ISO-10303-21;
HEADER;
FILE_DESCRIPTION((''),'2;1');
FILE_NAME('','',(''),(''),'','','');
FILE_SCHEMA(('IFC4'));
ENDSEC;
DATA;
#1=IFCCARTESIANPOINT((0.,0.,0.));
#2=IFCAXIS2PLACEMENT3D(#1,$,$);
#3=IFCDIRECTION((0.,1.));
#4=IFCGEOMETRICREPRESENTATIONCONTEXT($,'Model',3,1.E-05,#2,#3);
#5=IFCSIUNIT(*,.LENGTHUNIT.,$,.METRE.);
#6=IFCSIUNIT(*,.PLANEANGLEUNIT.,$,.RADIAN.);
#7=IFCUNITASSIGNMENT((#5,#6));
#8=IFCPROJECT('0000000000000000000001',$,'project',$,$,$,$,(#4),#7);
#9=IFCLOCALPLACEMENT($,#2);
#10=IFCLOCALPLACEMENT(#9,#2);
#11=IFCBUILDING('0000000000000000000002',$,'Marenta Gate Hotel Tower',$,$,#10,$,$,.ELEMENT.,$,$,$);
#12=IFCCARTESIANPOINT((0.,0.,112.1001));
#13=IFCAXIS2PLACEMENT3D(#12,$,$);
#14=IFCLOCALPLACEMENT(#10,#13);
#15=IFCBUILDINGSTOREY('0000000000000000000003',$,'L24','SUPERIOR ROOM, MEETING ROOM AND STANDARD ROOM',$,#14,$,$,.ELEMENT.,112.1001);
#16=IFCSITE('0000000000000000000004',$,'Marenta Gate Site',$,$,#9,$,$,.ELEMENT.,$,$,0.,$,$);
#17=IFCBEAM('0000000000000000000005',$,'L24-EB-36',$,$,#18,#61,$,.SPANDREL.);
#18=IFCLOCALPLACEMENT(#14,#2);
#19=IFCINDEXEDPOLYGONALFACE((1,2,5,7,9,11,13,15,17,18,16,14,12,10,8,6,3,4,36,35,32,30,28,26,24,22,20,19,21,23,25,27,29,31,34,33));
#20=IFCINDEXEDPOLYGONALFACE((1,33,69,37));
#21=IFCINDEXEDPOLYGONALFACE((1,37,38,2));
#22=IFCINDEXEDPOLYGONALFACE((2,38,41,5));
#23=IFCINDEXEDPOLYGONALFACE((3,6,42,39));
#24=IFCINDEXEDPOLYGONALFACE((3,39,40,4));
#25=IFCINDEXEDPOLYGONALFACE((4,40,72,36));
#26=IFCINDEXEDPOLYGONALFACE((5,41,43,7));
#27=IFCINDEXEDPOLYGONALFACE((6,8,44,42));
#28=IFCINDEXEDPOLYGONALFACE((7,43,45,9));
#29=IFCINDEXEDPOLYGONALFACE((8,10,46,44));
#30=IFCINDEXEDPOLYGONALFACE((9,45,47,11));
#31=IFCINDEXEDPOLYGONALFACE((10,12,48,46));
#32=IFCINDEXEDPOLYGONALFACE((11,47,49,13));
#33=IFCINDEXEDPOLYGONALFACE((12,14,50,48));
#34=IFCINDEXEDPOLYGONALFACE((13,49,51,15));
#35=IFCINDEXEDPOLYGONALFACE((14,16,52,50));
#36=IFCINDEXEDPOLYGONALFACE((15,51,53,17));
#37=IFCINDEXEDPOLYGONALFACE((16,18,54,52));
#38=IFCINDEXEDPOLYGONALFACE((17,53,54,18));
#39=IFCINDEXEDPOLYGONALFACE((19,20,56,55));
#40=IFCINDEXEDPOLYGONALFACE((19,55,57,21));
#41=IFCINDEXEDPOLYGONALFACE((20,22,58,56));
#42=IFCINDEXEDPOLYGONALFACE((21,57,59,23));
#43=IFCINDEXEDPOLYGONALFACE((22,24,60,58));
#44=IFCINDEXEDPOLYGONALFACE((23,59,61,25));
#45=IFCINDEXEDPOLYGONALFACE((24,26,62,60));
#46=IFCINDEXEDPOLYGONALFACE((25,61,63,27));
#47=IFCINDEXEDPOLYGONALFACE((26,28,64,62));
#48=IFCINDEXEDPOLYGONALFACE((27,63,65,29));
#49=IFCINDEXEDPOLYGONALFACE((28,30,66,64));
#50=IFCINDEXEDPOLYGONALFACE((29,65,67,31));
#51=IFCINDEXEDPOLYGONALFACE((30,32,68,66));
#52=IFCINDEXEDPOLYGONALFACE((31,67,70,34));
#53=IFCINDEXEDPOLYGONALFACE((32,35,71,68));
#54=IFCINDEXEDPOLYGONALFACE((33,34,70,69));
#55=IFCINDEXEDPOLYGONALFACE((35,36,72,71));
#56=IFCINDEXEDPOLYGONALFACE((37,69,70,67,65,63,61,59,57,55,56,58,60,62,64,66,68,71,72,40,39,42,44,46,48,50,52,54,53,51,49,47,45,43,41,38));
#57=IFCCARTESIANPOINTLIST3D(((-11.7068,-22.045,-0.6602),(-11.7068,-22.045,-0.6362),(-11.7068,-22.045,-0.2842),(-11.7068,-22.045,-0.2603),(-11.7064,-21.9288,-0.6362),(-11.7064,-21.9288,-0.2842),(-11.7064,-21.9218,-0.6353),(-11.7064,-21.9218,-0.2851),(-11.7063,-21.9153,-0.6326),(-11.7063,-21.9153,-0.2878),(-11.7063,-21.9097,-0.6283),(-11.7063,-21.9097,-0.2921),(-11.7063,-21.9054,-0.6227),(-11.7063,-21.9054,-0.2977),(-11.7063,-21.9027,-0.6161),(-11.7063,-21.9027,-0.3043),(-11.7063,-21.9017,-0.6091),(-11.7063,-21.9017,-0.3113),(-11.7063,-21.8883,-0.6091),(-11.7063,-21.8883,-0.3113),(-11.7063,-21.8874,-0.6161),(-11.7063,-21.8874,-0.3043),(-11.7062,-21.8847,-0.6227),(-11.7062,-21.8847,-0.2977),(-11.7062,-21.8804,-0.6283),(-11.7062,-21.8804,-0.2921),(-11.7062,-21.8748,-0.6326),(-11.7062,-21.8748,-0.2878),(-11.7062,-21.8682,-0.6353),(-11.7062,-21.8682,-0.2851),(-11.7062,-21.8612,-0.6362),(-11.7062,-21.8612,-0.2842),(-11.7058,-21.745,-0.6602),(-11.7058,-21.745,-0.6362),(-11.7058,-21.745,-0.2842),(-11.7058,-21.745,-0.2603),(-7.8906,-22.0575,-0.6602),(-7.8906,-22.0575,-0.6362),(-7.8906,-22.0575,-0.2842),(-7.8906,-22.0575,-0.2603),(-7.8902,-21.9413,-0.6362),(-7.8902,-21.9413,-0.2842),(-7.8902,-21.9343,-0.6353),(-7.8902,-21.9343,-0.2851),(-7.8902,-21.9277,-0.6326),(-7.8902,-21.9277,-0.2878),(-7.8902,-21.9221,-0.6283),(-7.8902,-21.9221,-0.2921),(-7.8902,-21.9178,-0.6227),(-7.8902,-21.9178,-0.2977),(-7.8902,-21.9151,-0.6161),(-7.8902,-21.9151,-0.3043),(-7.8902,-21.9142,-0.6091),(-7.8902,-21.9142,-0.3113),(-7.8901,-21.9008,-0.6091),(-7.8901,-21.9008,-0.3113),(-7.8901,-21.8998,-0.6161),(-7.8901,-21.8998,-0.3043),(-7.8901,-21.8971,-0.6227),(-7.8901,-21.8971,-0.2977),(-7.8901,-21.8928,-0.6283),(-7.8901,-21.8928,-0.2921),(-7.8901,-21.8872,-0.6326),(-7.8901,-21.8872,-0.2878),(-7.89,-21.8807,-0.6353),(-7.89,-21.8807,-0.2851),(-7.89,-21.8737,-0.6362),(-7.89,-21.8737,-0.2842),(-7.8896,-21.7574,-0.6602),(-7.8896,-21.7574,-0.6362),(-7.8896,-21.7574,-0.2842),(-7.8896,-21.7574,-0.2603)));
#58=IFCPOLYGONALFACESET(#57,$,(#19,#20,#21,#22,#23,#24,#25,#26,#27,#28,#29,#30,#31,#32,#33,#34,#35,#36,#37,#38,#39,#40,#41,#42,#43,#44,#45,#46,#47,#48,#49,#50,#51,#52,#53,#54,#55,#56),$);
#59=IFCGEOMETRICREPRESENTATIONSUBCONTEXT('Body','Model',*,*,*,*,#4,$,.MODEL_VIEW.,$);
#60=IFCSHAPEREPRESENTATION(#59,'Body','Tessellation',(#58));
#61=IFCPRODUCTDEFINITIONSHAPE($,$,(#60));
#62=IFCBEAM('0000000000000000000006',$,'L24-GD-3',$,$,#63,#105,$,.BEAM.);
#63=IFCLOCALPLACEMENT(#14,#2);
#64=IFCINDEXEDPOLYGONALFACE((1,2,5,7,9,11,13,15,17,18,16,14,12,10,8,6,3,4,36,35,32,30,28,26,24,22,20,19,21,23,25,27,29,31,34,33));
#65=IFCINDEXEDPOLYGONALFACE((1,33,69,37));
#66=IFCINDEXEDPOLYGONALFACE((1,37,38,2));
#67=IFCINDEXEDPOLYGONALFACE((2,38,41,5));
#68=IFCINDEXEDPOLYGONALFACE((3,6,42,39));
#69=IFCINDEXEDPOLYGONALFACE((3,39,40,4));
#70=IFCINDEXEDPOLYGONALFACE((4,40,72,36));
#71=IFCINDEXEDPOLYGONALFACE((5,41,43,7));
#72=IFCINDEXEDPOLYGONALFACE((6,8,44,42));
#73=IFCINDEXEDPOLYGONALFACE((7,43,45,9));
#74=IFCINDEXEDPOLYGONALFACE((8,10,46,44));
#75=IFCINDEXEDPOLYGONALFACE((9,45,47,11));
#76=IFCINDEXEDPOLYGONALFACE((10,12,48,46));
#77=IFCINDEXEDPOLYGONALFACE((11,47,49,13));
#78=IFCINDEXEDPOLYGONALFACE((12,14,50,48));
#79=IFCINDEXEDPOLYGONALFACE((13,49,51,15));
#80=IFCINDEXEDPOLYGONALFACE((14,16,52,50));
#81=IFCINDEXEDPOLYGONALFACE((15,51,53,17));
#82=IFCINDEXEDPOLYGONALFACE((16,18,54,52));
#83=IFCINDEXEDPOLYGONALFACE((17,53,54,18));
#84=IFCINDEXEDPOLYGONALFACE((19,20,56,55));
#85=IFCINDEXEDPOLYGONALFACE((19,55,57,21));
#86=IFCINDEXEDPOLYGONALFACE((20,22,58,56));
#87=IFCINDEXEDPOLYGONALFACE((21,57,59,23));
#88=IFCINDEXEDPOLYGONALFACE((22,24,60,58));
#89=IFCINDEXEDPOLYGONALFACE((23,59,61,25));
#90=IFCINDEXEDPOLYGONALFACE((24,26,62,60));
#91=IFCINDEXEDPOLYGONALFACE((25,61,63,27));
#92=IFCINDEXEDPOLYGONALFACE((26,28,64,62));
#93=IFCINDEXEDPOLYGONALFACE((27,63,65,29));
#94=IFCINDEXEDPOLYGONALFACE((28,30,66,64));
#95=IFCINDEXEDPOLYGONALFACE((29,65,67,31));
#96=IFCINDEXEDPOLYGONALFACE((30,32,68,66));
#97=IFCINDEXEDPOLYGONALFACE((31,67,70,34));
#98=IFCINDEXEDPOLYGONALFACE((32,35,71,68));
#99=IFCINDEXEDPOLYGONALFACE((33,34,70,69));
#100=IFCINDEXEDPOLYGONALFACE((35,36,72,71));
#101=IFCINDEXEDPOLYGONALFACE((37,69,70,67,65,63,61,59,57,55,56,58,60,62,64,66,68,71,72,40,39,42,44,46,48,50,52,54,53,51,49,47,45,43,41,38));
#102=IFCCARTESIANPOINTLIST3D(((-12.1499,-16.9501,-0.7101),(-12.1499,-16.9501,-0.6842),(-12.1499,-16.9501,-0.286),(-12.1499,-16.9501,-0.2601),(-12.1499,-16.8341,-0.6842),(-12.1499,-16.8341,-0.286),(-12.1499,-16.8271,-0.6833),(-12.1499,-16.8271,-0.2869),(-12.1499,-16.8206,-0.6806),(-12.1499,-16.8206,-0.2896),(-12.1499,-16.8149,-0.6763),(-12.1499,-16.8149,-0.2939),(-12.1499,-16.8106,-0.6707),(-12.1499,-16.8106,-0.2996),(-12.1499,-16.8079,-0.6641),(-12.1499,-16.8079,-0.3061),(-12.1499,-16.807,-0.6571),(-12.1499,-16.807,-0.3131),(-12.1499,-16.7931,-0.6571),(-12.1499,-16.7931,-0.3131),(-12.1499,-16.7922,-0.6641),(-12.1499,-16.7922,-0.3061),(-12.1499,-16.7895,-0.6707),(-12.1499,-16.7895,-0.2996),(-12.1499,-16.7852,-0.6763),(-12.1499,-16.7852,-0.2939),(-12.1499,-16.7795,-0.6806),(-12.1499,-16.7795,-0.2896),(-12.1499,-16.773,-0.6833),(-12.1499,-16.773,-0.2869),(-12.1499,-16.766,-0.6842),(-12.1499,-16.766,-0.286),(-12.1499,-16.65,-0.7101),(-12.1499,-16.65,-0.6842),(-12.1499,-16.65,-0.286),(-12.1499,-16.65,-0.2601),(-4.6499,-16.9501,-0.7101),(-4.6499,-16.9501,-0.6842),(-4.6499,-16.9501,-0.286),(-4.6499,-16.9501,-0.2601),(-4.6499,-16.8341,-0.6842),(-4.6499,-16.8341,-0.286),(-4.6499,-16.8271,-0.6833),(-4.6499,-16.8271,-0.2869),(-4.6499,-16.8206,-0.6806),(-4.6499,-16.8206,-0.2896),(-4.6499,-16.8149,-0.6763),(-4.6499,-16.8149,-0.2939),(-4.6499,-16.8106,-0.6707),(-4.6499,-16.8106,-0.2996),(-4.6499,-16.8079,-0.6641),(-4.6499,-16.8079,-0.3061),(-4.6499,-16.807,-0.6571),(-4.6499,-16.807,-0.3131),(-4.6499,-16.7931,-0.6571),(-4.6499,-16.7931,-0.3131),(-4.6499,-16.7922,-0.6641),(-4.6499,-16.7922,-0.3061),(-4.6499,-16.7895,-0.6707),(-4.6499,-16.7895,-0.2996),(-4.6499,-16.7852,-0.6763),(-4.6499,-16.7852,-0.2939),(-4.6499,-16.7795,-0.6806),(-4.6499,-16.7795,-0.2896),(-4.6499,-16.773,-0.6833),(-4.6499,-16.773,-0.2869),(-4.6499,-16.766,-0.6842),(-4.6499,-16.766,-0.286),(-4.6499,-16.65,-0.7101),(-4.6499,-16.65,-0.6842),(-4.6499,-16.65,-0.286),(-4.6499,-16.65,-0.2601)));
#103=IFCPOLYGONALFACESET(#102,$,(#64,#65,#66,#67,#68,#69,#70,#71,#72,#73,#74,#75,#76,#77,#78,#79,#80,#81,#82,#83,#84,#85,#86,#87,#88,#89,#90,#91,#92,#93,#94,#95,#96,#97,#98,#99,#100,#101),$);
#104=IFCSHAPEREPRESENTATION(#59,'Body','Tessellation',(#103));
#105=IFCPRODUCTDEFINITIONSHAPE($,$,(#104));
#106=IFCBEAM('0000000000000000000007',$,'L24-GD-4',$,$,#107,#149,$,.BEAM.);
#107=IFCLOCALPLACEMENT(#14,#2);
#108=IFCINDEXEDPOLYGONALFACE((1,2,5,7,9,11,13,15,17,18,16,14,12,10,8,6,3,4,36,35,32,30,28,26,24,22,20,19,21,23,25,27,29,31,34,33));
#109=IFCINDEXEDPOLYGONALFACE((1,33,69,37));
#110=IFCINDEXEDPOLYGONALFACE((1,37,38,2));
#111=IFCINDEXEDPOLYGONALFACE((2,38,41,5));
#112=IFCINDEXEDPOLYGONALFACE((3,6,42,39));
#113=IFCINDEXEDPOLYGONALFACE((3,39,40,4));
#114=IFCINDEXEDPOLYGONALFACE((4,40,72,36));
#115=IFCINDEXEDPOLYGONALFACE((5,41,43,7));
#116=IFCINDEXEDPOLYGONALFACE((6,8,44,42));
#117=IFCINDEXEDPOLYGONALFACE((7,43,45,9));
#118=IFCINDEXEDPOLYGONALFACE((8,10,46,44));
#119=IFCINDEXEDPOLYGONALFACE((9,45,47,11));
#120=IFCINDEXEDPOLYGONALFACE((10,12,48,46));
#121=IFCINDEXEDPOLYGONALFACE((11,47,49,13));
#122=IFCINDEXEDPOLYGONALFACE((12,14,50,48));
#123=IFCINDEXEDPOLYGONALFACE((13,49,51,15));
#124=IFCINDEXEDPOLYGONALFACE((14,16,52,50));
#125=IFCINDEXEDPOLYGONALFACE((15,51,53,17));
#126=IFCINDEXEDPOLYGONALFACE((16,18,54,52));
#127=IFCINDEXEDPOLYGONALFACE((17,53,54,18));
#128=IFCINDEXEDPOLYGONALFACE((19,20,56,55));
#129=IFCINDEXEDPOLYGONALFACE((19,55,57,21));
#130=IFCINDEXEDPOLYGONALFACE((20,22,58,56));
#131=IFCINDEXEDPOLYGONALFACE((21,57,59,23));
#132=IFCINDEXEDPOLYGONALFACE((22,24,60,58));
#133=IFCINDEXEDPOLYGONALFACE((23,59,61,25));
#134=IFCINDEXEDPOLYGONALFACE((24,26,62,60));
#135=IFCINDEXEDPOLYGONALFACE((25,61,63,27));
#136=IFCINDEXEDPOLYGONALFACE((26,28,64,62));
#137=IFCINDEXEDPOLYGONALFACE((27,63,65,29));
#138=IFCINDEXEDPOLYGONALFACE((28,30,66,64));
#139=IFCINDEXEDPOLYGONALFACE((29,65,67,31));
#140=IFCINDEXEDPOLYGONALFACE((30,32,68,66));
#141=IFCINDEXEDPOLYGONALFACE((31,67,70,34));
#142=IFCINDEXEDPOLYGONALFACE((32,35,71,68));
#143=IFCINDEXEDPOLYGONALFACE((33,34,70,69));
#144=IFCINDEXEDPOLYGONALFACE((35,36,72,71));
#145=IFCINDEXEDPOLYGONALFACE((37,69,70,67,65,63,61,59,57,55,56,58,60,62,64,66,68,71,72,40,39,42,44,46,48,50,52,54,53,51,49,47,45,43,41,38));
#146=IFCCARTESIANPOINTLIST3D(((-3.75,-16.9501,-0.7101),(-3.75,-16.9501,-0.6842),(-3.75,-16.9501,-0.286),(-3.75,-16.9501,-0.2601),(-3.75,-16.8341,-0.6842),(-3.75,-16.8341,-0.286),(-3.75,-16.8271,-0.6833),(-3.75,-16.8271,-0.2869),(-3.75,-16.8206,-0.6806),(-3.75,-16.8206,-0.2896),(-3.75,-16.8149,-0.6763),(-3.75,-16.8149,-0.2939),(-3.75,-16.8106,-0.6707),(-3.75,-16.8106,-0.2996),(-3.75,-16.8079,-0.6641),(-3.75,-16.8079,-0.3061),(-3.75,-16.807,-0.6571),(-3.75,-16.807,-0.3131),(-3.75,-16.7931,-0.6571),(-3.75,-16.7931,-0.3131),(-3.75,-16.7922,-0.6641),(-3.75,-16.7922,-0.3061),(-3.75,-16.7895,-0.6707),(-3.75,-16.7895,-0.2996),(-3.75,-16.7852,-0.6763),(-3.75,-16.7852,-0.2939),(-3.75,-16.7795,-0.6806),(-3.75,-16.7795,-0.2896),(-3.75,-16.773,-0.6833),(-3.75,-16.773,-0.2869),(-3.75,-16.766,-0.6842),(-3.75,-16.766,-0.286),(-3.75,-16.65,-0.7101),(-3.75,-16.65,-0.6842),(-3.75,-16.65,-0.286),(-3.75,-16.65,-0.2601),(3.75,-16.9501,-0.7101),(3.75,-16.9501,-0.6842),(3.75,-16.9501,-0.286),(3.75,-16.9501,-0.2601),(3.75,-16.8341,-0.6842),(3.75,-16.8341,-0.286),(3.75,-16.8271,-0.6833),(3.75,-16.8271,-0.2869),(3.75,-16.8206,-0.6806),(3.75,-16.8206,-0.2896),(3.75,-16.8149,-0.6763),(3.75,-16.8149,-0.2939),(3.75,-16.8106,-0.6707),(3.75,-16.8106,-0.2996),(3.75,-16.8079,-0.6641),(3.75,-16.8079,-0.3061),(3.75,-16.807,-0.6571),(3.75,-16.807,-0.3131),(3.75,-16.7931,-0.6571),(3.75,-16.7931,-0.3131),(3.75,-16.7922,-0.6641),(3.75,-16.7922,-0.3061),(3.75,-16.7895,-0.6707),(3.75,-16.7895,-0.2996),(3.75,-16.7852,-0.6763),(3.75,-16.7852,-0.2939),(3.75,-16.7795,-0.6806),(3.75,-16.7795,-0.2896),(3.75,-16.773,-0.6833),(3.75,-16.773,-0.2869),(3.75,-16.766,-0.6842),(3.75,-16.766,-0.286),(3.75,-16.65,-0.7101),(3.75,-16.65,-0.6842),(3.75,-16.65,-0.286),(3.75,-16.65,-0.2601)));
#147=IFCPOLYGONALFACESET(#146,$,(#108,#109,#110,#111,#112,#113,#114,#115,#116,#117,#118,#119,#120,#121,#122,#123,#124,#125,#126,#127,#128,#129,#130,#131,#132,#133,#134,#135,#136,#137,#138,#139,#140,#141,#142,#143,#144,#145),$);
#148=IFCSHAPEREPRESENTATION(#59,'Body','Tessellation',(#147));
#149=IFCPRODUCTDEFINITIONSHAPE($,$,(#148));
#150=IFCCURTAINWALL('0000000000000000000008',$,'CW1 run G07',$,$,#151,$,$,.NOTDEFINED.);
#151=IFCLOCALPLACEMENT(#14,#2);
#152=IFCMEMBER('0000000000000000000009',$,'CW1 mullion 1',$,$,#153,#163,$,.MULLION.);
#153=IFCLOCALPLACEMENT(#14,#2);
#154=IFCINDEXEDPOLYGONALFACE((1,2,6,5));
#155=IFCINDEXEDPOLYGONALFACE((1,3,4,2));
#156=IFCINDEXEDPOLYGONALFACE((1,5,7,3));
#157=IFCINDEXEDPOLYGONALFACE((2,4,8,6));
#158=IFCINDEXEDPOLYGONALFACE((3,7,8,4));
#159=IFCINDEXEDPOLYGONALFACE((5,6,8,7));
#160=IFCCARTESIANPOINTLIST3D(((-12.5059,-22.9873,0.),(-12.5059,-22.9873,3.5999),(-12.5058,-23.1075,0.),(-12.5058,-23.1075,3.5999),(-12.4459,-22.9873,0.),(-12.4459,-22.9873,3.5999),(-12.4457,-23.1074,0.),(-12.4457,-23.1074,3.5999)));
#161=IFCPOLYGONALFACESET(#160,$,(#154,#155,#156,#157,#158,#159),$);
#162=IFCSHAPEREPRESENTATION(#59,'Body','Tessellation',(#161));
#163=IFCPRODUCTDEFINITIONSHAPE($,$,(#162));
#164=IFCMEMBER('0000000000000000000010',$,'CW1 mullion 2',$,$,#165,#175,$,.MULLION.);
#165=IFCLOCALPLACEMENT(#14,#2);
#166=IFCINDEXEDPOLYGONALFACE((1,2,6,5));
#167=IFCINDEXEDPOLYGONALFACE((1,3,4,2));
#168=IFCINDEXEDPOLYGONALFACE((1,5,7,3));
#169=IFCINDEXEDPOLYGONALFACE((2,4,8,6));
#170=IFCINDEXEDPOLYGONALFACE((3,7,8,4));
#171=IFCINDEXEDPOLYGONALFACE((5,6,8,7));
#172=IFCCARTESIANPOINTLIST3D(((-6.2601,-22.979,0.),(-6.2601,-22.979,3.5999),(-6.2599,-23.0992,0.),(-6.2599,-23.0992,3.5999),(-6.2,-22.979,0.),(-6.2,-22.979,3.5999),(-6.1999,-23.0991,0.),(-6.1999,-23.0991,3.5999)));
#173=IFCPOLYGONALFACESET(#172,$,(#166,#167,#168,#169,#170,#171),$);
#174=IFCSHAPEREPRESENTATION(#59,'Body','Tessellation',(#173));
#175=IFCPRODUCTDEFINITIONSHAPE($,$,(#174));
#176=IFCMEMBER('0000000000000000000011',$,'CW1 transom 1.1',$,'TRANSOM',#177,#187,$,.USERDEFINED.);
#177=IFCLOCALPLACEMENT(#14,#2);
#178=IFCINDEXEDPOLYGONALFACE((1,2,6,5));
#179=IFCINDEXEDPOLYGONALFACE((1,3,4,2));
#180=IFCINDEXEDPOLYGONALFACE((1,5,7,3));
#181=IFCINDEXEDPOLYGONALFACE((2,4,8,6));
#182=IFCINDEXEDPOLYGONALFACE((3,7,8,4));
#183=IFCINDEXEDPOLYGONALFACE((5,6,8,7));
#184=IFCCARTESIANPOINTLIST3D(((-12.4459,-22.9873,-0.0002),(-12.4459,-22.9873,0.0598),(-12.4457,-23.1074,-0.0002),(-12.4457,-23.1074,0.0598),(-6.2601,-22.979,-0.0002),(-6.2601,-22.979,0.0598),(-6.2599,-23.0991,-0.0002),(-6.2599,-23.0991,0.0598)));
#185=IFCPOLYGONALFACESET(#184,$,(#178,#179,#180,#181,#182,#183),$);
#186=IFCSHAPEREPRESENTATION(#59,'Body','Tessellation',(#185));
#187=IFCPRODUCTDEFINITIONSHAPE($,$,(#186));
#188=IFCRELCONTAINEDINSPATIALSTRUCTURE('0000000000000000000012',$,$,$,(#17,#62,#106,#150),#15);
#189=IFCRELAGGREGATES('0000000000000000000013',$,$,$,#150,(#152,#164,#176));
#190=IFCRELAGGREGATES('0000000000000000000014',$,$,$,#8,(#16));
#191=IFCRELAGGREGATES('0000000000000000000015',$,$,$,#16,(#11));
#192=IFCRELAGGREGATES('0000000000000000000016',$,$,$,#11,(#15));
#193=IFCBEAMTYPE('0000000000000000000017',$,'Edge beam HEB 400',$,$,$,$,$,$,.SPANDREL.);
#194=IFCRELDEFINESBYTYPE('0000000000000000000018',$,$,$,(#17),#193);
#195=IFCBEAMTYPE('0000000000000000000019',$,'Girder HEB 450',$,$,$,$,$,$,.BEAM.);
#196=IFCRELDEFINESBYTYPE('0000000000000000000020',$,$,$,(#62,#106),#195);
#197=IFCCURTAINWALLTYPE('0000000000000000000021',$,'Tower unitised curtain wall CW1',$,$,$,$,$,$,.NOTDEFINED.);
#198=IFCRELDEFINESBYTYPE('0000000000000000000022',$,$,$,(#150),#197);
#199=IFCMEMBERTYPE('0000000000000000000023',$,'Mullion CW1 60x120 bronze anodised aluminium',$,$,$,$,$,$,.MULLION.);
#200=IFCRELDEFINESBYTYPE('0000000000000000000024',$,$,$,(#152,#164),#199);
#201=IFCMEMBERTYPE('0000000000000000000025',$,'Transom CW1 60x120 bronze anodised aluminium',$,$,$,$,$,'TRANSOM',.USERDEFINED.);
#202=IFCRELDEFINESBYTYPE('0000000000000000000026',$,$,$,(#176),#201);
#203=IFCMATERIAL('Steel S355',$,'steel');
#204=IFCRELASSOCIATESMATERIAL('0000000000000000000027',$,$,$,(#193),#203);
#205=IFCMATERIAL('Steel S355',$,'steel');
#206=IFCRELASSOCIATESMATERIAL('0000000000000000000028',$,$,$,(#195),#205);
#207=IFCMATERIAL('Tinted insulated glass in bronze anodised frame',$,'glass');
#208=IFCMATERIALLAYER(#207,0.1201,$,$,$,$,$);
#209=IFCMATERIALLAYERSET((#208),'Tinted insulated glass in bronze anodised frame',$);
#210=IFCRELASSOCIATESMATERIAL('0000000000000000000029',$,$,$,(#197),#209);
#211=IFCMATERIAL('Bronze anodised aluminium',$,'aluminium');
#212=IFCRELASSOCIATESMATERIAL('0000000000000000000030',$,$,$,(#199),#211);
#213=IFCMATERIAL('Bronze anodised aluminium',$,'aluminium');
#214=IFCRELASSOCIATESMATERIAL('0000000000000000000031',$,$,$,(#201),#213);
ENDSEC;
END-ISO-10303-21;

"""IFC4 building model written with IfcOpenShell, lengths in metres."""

from ifc_helpers import new_model, si_unit, direction, frame, origin, origin_2d, place, context, subcontext, project, spatial, rectangle, i_section, extrude, material, layer, layer_set, material_profile, profile_set, type_object, element, aggregate, save


model = new_model("IFC4")

# Units and contexts
model_context = context("Model", 3, precision=1e-05, world=origin(), true_north=direction((0.0, 1.0)))
body_context = subcontext(model_context, "Body", "Model", "MODEL_VIEW")
ifc_project = project(units=[si_unit("LENGTHUNIT", "METRE"), si_unit("PLANEANGLEUNIT", "RADIAN")], contexts=[model_context])

# Site, building, storey
site_placement = place(None, origin())
site = spatial("IfcSite", under=ifc_project, at=site_placement, Name="Marenta Gate Site", CompositionType="ELEMENT", RefElevation=0.0)
building_placement = place(site_placement, origin())
building = spatial("IfcBuilding", under=site, at=building_placement, Name="Marenta Gate Hotel Tower", CompositionType="ELEMENT")
storey_placement = place(building_placement, frame((0.0, 0.0, 112.1001)))
storey = spatial("IfcBuildingStorey", under=building, at=storey_placement, Name="L24", Description="SUPERIOR ROOM, MEETING ROOM AND STANDARD ROOM", CompositionType="ELEMENT", Elevation=112.1001)

# Beams
ifc_material_1 = material(Name="Steel S355", Category="steel")
ifc_material_profile_1 = material_profile(ifc_material_1, i_section(OverallWidth=0.3, OverallDepth=0.3999, WebThickness=0.0134, FlangeThickness=0.0239, FilletRadius=0.0271, at=origin_2d()), Name="HEB 400")
ifc_profile_set_1 = profile_set([ifc_material_profile_1], Name="Steel S355")
beam_type_1 = type_object("IfcBeamType", Name="Edge beam HEB 400", PredefinedType="SPANDREL", material=ifc_profile_set_1)
beam_1_placement = place(storey_placement, frame((-7.8901, -21.9075, -0.4602), z_axis=(-0.999995, 0.003263, 0.0), x_axis=(-0.003263, -0.999995, 0.0)))
element("IfcBeam", 1, at=beam_1_placement, inside=storey, type_object=beam_type_1, Name="L24-EB-36", PredefinedType="SPANDREL", context=body_context, shape_type="SweptSolid", body=[
    extrude(i_section(OverallWidth=0.3, OverallDepth=0.3999, WebThickness=0.0134, FlangeThickness=0.0239, FilletRadius=0.0271, at=origin_2d()), origin(), (0.0, 0.0, 1.0), 3.8162),
])
ifc_material_2 = material(Name="Steel S355", Category="steel")
ifc_material_profile_2 = material_profile(ifc_material_2, i_section(OverallWidth=0.3, OverallDepth=0.45, WebThickness=0.0139, FlangeThickness=0.0259, FilletRadius=0.0271, at=origin_2d()), Name="HEB 450")
ifc_profile_set_2 = profile_set([ifc_material_profile_2], Name="Steel S355")
beam_type_2 = type_object("IfcBeamType", Name="Girder HEB 450", PredefinedType="BEAM", material=ifc_profile_set_2)
for number, where, z_axis, x_axis, name in (
    (2, (-12.1499, -16.8, -0.4851), (1.0, 0.0, 0.0), (0.0, 1.0, 0.0), "L24-GD-3"),
    (3, (-3.75, -16.8, -0.4851), (1.0, 0.0, 0.0), (0.0, 1.0, 0.0), "L24-GD-4"),
):
    element("IfcBeam", number, at=place(storey_placement, frame(where, z_axis=z_axis, x_axis=x_axis)), inside=storey, type_object=beam_type_2, Name=name, PredefinedType="BEAM", context=body_context, shape_type="SweptSolid", body=[
        extrude(i_section(OverallWidth=0.3, OverallDepth=0.45, WebThickness=0.0139, FlangeThickness=0.0259, FilletRadius=0.0271, at=origin_2d()), origin(), (0.0, 0.0, 1.0), 7.5),
    ])

# Curtain wall, members
ifc_material_3 = material(Name="Tinted insulated glass in bronze anodised frame", Category="glass")
ifc_layer_1 = layer(ifc_material_3, 0.1201)
ifc_layer_set_1 = layer_set([ifc_layer_1], Name="Tinted insulated glass in bronze anodised frame")
curtain_wall_type = type_object("IfcCurtainWallType", Name="Tower unitised curtain wall CW1", PredefinedType="NOTDEFINED", material=ifc_layer_set_1)
curtain_wall_1_placement = place(storey_placement, origin())
curtain_wall_1 = element("IfcCurtainWall", 4, at=curtain_wall_1_placement, inside=storey, type_object=curtain_wall_type, Name="CW1 run G07", PredefinedType="NOTDEFINED")
ifc_material_4 = material(Name="Bronze anodised aluminium", Category="aluminium")
ifc_material_profile_3 = material_profile(ifc_material_4, rectangle(XDim=0.1201, YDim=0.0601, at=origin_2d()), Name="Mullion CW1 60x120 bronze anodised aluminium")
ifc_profile_set_3 = profile_set([ifc_material_profile_3], Name="Bronze anodised aluminium")
member_type_1 = type_object("IfcMemberType", Name="Mullion CW1 60x120 bronze anodised aluminium", PredefinedType="MULLION", material=ifc_profile_set_3)
member_1_placement = place(storey_placement, frame((-12.4758, -23.0474, 0.0), z_axis=(0.0, 0.0, 1.0), x_axis=(-0.001362, 0.999999, 0.0)))
member_1 = element("IfcMember", 5, at=member_1_placement, type_object=member_type_1, Name="CW1 mullion 1", PredefinedType="MULLION", context=body_context, shape_type="SweptSolid", body=[
    extrude(rectangle(XDim=0.1201, YDim=0.0601, at=origin_2d()), origin(), (0.0, 0.0, 1.0), 3.5999),
])
member_2_placement = place(storey_placement, frame((-6.23, -23.0391, 0.0), z_axis=(0.0, 0.0, 1.0), x_axis=(-0.001362, 0.999999, 0.0)))
member_2 = element("IfcMember", 6, at=member_2_placement, type_object=member_type_1, Name="CW1 mullion 2", PredefinedType="MULLION", context=body_context, shape_type="SweptSolid", body=[
    extrude(rectangle(XDim=0.1201, YDim=0.0601, at=origin_2d()), origin(), (0.0, 0.0, 1.0), 3.5999),
])
ifc_material_5 = material(Name="Bronze anodised aluminium", Category="aluminium")
ifc_material_profile_4 = material_profile(ifc_material_5, rectangle(XDim=0.1201, YDim=0.0601, at=origin_2d()), Name="Transom CW1 60x120 bronze anodised aluminium")
ifc_profile_set_4 = profile_set([ifc_material_profile_4], Name="Bronze anodised aluminium")
member_type_2 = type_object("IfcMemberType", Name="Transom CW1 60x120 bronze anodised aluminium", ElementType="TRANSOM", PredefinedType="USERDEFINED", material=ifc_profile_set_4)
member_3_placement = place(storey_placement, frame((-12.4458, -23.0474, 0.0298), z_axis=(0.999999, 0.001342, 0.0), x_axis=(-0.001342, 0.999999, 0.0)))
member_3 = element("IfcMember", 7, at=member_3_placement, type_object=member_type_2, Name="CW1 transom 1.1", ObjectType="TRANSOM", PredefinedType="USERDEFINED", context=body_context, shape_type="SweptSolid", body=[
    extrude(rectangle(XDim=0.1201, YDim=0.0601, at=origin_2d()), origin(), (0.0, 0.0, 1.0), 6.1858),
])

aggregate(curtain_wall_1, [member_1, member_2, member_3])

save(model, "model.ifc")
